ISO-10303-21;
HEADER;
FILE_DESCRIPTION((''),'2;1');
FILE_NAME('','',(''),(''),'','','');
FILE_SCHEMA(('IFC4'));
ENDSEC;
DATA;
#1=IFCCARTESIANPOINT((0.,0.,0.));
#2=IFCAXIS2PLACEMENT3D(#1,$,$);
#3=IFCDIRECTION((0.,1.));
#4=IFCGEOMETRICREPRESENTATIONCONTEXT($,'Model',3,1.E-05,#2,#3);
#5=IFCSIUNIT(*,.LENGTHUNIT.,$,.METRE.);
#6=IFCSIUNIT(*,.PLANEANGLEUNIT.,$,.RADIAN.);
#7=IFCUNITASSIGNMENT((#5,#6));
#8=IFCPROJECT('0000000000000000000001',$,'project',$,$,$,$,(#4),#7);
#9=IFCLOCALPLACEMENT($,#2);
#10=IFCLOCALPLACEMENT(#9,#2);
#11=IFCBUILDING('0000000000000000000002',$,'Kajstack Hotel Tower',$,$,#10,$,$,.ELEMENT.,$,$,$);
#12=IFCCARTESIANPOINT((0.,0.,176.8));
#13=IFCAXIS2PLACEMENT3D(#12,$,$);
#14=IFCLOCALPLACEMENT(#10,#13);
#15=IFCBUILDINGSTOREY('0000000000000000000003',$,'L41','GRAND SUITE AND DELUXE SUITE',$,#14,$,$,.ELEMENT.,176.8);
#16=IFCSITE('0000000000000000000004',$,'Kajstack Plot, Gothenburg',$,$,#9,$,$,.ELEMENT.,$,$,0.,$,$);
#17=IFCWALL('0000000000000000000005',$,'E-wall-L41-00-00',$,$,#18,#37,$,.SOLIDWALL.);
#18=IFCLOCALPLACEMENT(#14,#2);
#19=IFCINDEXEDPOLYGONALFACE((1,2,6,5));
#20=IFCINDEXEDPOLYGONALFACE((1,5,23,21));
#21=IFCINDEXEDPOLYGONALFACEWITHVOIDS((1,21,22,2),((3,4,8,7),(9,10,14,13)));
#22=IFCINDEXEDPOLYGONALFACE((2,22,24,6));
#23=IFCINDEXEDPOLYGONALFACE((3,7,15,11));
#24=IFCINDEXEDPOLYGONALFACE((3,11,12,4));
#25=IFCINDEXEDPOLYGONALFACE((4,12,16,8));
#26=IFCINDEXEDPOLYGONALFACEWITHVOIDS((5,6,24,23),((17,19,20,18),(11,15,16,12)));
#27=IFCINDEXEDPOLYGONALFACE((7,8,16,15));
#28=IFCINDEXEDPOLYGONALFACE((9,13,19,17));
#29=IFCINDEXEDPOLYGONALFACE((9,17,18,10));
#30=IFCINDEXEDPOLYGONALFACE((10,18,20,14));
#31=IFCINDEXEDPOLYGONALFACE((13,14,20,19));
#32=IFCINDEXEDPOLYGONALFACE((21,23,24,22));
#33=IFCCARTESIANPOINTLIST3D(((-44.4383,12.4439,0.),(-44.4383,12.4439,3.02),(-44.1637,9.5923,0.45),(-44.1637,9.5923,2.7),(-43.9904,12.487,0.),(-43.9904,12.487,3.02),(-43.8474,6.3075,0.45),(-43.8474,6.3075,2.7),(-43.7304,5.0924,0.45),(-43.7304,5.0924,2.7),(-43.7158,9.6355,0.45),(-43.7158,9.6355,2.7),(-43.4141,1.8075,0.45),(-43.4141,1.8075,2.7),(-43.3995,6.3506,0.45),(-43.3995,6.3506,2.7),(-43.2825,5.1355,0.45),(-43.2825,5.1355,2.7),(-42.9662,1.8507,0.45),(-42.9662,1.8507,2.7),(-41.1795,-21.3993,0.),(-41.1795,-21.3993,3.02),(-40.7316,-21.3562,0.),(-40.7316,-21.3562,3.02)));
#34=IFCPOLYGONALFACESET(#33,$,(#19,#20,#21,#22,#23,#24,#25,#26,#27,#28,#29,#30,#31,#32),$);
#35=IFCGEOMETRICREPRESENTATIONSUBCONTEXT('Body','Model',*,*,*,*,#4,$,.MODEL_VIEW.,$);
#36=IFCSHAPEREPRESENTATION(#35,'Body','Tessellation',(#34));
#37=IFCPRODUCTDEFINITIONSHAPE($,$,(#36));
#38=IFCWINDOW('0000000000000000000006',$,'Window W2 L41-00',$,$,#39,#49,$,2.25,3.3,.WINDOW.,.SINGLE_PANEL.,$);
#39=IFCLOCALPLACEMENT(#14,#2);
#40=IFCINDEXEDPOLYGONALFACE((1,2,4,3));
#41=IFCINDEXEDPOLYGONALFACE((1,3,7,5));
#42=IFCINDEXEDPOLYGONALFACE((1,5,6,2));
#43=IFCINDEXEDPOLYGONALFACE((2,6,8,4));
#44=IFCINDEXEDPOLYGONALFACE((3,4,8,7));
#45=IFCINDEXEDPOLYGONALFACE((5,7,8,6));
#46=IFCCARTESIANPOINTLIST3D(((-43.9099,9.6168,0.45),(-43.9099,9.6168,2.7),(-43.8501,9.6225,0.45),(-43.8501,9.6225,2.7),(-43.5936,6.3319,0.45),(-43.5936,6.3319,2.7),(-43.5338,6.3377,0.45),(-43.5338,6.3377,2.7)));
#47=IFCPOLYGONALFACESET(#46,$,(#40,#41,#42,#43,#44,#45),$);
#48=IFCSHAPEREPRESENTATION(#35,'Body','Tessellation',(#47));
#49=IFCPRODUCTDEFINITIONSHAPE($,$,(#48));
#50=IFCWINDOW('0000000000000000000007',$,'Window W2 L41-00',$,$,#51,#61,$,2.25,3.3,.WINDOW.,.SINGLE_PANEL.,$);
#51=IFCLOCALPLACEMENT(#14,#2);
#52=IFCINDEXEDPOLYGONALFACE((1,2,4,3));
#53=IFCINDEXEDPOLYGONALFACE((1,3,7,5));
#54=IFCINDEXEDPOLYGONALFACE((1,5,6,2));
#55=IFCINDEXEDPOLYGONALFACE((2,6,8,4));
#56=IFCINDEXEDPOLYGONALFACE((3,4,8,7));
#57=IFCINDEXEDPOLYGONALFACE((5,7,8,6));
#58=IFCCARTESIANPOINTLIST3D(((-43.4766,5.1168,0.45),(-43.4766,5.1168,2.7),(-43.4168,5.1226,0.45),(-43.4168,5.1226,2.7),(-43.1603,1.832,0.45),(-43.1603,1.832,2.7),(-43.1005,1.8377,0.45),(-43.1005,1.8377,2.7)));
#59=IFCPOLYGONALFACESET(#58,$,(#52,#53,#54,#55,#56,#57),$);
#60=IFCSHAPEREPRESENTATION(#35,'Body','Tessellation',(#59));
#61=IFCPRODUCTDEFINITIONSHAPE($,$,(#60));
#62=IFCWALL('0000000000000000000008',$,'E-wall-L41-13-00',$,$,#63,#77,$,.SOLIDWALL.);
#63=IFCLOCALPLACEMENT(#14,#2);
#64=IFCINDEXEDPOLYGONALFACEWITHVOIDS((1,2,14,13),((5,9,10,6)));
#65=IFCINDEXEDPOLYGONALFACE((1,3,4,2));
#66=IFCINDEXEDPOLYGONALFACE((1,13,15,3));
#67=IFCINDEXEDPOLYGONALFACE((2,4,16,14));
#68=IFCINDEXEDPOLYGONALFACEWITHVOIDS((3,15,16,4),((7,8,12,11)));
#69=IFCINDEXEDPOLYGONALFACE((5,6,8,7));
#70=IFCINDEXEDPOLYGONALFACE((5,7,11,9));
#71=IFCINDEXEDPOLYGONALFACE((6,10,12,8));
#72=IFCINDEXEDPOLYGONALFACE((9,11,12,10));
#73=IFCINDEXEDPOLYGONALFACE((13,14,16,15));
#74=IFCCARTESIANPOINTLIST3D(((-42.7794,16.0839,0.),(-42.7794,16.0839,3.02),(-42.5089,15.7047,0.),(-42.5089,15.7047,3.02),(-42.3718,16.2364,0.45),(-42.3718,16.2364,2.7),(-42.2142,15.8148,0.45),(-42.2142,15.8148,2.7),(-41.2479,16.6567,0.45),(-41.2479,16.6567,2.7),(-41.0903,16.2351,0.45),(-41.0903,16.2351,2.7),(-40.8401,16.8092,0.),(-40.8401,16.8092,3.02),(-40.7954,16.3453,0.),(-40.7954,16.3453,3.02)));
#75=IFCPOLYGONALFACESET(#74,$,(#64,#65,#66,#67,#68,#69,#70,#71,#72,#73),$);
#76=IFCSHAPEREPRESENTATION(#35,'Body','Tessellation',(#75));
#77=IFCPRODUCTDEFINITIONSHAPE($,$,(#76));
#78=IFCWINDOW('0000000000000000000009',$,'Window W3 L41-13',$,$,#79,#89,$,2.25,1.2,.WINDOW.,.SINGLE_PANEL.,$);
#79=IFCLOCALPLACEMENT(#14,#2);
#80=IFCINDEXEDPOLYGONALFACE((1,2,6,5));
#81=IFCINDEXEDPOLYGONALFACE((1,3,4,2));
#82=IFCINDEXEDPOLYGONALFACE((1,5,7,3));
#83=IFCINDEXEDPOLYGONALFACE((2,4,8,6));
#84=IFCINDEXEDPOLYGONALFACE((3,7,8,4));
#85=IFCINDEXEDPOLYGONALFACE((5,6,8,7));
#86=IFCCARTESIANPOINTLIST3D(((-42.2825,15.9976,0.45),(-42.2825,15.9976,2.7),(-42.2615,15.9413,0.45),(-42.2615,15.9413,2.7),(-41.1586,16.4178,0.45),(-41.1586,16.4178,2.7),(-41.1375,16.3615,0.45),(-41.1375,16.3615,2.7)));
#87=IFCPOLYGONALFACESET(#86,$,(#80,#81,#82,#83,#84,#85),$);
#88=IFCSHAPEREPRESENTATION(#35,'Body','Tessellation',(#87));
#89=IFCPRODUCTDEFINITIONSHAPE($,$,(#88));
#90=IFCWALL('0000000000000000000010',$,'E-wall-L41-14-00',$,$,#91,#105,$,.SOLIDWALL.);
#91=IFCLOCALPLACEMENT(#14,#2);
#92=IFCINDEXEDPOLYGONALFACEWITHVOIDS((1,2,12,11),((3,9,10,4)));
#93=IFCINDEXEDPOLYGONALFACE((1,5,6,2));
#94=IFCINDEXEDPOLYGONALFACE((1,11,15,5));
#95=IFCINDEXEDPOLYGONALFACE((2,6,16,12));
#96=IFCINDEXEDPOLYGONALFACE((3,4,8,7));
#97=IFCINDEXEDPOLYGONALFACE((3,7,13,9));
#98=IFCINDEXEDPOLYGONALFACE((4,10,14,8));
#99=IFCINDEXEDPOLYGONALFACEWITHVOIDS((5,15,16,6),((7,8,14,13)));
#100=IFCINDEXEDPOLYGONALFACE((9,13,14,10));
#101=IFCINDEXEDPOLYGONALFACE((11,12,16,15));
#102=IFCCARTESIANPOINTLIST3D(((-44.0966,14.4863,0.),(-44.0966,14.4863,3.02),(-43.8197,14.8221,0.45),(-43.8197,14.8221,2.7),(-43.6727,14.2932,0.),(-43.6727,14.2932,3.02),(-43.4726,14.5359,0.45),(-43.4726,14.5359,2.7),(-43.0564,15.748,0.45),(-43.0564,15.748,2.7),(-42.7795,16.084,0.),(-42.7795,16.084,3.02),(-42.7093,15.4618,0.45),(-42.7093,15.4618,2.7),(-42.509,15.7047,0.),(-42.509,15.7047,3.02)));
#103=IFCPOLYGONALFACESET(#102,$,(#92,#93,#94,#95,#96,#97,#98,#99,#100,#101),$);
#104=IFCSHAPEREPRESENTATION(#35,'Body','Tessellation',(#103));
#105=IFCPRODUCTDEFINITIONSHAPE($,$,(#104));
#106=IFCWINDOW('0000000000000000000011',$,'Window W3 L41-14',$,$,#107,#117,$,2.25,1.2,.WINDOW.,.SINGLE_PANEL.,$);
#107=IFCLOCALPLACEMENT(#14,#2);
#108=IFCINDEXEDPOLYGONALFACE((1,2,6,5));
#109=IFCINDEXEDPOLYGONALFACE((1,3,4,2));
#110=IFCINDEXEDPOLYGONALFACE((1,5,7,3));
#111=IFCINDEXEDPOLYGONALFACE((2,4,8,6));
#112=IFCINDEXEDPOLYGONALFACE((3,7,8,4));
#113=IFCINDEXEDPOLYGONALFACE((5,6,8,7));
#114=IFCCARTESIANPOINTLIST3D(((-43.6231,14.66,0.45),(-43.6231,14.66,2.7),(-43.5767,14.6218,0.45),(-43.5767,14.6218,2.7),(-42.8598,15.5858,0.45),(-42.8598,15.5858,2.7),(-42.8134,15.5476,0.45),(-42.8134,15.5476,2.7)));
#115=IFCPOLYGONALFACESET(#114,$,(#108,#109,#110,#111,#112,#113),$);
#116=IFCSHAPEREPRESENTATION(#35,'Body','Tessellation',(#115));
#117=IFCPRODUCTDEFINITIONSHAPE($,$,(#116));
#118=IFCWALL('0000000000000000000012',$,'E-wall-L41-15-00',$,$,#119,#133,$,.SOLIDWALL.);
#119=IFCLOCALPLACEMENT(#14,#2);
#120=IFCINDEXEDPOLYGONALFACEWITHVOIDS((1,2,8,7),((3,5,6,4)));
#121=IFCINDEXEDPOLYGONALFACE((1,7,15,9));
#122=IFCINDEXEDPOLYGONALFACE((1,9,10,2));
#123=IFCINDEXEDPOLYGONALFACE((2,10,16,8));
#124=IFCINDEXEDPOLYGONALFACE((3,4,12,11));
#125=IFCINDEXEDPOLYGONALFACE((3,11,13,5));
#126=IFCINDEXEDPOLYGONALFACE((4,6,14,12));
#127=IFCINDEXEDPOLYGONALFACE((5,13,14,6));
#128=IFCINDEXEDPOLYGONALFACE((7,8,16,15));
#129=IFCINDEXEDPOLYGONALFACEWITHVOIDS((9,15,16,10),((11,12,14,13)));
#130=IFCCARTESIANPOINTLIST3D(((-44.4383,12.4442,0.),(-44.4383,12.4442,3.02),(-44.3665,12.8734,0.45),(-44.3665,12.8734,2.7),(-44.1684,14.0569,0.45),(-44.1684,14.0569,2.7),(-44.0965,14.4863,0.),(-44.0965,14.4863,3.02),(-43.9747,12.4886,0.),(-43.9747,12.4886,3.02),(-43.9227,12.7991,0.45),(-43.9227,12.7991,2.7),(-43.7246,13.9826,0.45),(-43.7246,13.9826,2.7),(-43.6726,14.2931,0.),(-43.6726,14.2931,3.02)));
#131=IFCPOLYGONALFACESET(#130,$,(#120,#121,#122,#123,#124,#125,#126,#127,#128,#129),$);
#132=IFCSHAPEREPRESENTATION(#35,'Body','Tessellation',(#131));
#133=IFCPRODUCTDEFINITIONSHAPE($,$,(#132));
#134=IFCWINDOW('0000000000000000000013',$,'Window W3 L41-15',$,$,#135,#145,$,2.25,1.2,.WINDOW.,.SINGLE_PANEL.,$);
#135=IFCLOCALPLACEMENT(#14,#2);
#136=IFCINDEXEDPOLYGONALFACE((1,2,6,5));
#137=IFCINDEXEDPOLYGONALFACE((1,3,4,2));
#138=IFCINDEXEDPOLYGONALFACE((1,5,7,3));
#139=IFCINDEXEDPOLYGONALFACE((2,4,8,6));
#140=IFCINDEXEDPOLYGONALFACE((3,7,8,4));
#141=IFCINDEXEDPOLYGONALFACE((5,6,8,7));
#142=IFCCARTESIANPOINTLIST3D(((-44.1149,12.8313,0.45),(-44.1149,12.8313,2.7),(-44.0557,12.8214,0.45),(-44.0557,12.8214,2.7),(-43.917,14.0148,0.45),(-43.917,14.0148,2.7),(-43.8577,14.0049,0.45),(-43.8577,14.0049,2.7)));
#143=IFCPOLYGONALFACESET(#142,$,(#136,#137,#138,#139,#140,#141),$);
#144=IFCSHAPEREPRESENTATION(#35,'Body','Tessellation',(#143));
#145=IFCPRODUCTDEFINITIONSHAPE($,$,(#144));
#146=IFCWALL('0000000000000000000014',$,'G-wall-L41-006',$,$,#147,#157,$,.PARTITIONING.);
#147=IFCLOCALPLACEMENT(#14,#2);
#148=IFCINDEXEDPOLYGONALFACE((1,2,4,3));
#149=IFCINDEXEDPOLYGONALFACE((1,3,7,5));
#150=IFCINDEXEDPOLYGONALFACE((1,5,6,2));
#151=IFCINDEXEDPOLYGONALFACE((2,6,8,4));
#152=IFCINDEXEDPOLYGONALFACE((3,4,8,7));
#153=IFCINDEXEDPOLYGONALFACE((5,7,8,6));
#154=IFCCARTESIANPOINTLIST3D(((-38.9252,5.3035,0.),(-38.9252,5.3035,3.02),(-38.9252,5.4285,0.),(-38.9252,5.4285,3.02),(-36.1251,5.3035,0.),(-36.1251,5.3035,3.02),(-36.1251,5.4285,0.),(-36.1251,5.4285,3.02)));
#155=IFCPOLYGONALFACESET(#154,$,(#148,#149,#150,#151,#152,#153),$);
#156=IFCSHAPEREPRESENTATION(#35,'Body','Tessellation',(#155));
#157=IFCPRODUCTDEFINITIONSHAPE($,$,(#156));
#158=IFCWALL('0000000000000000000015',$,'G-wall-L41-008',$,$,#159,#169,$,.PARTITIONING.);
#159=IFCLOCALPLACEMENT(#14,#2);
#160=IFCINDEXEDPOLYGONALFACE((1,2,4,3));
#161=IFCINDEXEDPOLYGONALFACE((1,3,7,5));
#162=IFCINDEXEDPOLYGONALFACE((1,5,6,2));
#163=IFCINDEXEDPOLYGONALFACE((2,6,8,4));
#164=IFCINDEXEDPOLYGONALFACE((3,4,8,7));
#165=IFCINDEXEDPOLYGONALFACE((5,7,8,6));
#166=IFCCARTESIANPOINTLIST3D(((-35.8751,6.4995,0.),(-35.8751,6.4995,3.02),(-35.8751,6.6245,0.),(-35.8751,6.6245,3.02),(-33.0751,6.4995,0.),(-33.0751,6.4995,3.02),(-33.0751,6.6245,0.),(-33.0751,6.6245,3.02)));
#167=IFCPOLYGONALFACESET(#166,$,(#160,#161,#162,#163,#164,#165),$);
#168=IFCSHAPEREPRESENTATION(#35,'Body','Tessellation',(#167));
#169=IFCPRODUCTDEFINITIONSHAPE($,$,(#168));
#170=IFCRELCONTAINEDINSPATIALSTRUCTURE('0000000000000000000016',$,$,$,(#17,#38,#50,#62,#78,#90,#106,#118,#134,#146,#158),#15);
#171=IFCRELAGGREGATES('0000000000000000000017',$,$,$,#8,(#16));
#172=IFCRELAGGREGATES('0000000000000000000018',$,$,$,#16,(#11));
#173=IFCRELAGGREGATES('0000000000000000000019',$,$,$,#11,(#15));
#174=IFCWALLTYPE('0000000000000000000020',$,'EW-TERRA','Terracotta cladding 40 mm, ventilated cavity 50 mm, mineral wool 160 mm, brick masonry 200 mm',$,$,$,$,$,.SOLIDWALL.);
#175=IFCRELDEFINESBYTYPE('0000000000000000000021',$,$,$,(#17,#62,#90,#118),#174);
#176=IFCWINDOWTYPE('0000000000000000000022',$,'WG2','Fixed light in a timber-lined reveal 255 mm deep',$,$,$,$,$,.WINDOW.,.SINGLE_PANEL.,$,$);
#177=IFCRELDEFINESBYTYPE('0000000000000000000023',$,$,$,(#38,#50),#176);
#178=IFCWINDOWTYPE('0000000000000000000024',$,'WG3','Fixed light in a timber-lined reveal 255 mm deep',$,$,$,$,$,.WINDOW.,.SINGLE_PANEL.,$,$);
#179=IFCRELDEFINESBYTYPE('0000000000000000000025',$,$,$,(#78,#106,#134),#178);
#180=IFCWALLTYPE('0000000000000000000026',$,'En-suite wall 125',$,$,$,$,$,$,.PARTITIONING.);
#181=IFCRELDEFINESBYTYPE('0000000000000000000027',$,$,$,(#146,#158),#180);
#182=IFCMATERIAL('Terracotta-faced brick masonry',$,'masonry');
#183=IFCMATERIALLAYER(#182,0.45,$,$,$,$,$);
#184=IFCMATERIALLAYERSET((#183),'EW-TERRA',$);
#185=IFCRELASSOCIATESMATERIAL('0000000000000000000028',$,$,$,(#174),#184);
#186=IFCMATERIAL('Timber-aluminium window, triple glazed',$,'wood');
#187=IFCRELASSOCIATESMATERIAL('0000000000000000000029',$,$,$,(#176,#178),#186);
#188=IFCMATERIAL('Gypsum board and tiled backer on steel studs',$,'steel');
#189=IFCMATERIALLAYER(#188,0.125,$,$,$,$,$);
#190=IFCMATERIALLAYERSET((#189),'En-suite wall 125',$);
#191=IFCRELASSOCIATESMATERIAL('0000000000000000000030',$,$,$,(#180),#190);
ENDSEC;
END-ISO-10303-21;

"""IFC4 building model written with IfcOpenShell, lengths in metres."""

from ifc_helpers import new_model, si_unit, direction, frame, frame_2d, origin, place, context, subcontext, project, spatial, polyline, rectangle, outline, extrude, material, layer, layer_set, type_object, element, fill, save


model = new_model("IFC4")

# Units and contexts
model_context = context("Model", 3, precision=1e-05, world=origin(), true_north=direction((0.0, 1.0)))
body_context = subcontext(model_context, "Body", "Model", "MODEL_VIEW")
ifc_project = project(units=[si_unit("LENGTHUNIT", "METRE"), si_unit("PLANEANGLEUNIT", "RADIAN")], contexts=[model_context])

# Site, building, storey
site_placement = place(None, origin())
site = spatial("IfcSite", under=ifc_project, at=site_placement, Name="Kajstack Plot, Gothenburg", CompositionType="ELEMENT", RefElevation=0.0)
building_placement = place(site_placement, origin())
building = spatial("IfcBuilding", under=site, at=building_placement, Name="Kajstack Hotel Tower", CompositionType="ELEMENT")
storey_placement = place(building_placement, frame((0.0, 0.0, 176.8)))
storey = spatial("IfcBuildingStorey", under=building, at=storey_placement, Name="L41", Description="GRAND SUITE AND DELUXE SUITE", CompositionType="ELEMENT", Elevation=176.8)

# Wall, openings, windows
ifc_material_1 = material(Name="Terracotta-faced brick masonry", Category="masonry")
ifc_layer_1 = layer(ifc_material_1, 0.45)
ifc_layer_set_1 = layer_set([ifc_layer_1], Name="EW-TERRA")
wall_type_1 = type_object("IfcWallType", Name="EW-TERRA", Description="Terracotta cladding 40 mm, ventilated cavity 50 mm, mineral wool 160 mm, brick masonry 200 mm", PredefinedType="SOLIDWALL", material=ifc_layer_set_1)
wall_1_placement = place(storey_placement, frame((-44.2144, 12.4656, 0.0), z_axis=(0.0, 0.0, 1.0), x_axis=(0.095847, -0.995396, 0.0)))
wall_1 = element("IfcWall", 1, at=wall_1_placement, inside=storey, type_object=wall_type_1, Name="E-wall-L41-00-00", PredefinedType="SOLIDWALL", context=body_context, shape_type="SweptSolid", body=[
    extrude(rectangle(XDim=33.9998, YDim=0.45, at=frame_2d((17.0, 0.0))), origin(), (0.0, 0.0, 1.0), 3.02),
])
opening_1_placement = place(wall_1_placement, frame((2.865, 0.0, 0.45)))
opening_1 = element("IfcOpeningElement", 2, at=opening_1_placement, cuts=wall_1, PredefinedType="OPENING", context=body_context, shape_type="SweptSolid", body=[
    extrude(rectangle(XDim=3.3, YDim=2.25, at=frame_2d((1.6499, 1.125))), frame((0.0, 0.2349, 0.0), z_axis=(0.0, -1.0, 0.0), x_axis=(1.0, 0.0, 0.0)), (0.0, 0.0, 1.0), 0.47),
])
opening_2_placement = place(wall_1_placement, frame((7.3857, 0.0, 0.45)))
opening_2 = element("IfcOpeningElement", 3, at=opening_2_placement, cuts=wall_1, PredefinedType="OPENING", context=body_context, shape_type="SweptSolid", body=[
    extrude(rectangle(XDim=3.3, YDim=2.25, at=frame_2d((1.6499, 1.125))), frame((0.0, 0.2349, 0.0), z_axis=(0.0, -1.0, 0.0), x_axis=(1.0, 0.0, 0.0)), (0.0, 0.0, 1.0), 0.47),
])
ifc_material_2 = material(Name="Timber-aluminium window, triple glazed", Category="wood")
window_type_1 = type_object("IfcWindowType", Name="WG2", Description="Fixed light in a timber-lined reveal 255 mm deep", PartitioningType="SINGLE_PANEL", PredefinedType="WINDOW", material=ifc_material_2)
window_1_placement = place(opening_1_placement, origin())
window_1 = element("IfcWindow", 4, at=window_1_placement, inside=storey, type_object=window_type_1, Name="Window W2 L41-00", OverallHeight=2.25, OverallWidth=3.3, PartitioningType="SINGLE_PANEL", PredefinedType="WINDOW", context=body_context, shape_type="SweptSolid", body=[
    extrude(rectangle(XDim=3.3, YDim=2.25, at=frame_2d((1.6499, 1.125))), frame((0.0, 0.0901, 0.0), z_axis=(0.0, -1.0, 0.0), x_axis=(1.0, 0.0, 0.0)), (0.0, 0.0, 1.0), 0.0601),
])
fill(opening_1, window_1)
window_2_placement = place(opening_2_placement, origin())
window_2 = element("IfcWindow", 5, at=window_2_placement, inside=storey, type_object=window_type_1, Name="Window W2 L41-00", OverallHeight=2.25, OverallWidth=3.3, PartitioningType="SINGLE_PANEL", PredefinedType="WINDOW", context=body_context, shape_type="SweptSolid", body=[
    extrude(rectangle(XDim=3.3, YDim=2.25, at=frame_2d((1.6499, 1.125))), frame((0.0, 0.0901, 0.0), z_axis=(0.0, -1.0, 0.0), x_axis=(1.0, 0.0, 0.0)), (0.0, 0.0, 1.0), 0.0601),
])
fill(opening_2, window_2)

# Walls, openings, windows
wall_2_placement = place(storey_placement, frame((-40.7612, 16.5984, 0.0), z_axis=(0.0, 0.0, 1.0), x_axis=(-0.936678, -0.350193, 0.0)))
wall_2 = element("IfcWall", 6, at=wall_2_placement, inside=storey, type_object=wall_type_1, Name="E-wall-L41-13-00", PredefinedType="SOLIDWALL", context=body_context, shape_type="SweptSolid", body=[
    extrude(outline(polyline([(0.0, -0.2251), (2.0706, -0.2249), (1.95, 0.2251), (0.1206, 0.2251), (0.0, -0.2251)])), origin(), (0.0, 0.0, 1.0), 3.02),
])
opening_3_placement = place(wall_2_placement, frame((0.4353, 0.0, 0.45)))
opening_3 = element("IfcOpeningElement", 7, at=opening_3_placement, cuts=wall_2, PredefinedType="OPENING", context=body_context, shape_type="SweptSolid", body=[
    extrude(rectangle(XDim=1.2, YDim=2.25, at=frame_2d((0.6001, 1.125))), frame((0.0, 0.2349, 0.0), z_axis=(0.0, -1.0, 0.0), x_axis=(1.0, 0.0, 0.0)), (0.0, 0.0, 1.0), 0.47),
])
window_type_2 = type_object("IfcWindowType", Name="WG3", Description="Fixed light in a timber-lined reveal 255 mm deep", PartitioningType="SINGLE_PANEL", PredefinedType="WINDOW", material=ifc_material_2)
window_3_placement = place(opening_3_placement, origin())
window_3 = element("IfcWindow", 8, at=window_3_placement, inside=storey, type_object=window_type_2, Name="Window W3 L41-13", OverallHeight=2.25, OverallWidth=1.2, PartitioningType="SINGLE_PANEL", PredefinedType="WINDOW", context=body_context, shape_type="SweptSolid", body=[
    extrude(rectangle(XDim=1.2, YDim=2.25, at=frame_2d((0.6001, 1.125))), frame((0.0, 0.0901, 0.0), z_axis=(0.0, -1.0, 0.0), x_axis=(1.0, 0.0, 0.0)), (0.0, 0.0, 1.0), 0.0601),
])
fill(opening_3, window_3)
wall_3_placement = place(storey_placement, frame((-42.606, 15.9409, 0.0), z_axis=(0.0, 0.0, 1.0), x_axis=(-0.636116, -0.771593, 0.0)))
wall_3 = element("IfcWall", 9, at=wall_3_placement, inside=storey, type_object=wall_type_1, Name="E-wall-L41-14-00", PredefinedType="SOLIDWALL", context=body_context, shape_type="SweptSolid", body=[
    extrude(outline(polyline([(0.0, -0.2249), (2.0706, -0.2249), (1.95, 0.2251), (0.1206, 0.2251), (0.0, -0.2249)])), origin(), (0.0, 0.0, 1.0), 3.02),
])
opening_4_placement = place(wall_3_placement, frame((0.4353, 0.0, 0.45)))
opening_4 = element("IfcOpeningElement", 10, at=opening_4_placement, cuts=wall_3, PredefinedType="OPENING", context=body_context, shape_type="SweptSolid", body=[
    extrude(rectangle(XDim=1.2, YDim=2.25, at=frame_2d((0.6001, 1.125))), frame((0.0, 0.2349, 0.0), z_axis=(0.0, -1.0, 0.0), x_axis=(1.0, 0.0, 0.0)), (0.0, 0.0, 1.0), 0.47),
])
window_4_placement = place(opening_4_placement, origin())
window_4 = element("IfcWindow", 11, at=window_4_placement, inside=storey, type_object=window_type_2, Name="Window W3 L41-14", OverallHeight=2.25, OverallWidth=1.2, PartitioningType="SINGLE_PANEL", PredefinedType="WINDOW", context=body_context, shape_type="SweptSolid", body=[
    extrude(rectangle(XDim=1.2, YDim=2.25, at=frame_2d((0.6001, 1.125))), frame((0.0, 0.0901, 0.0), z_axis=(0.0, -1.0, 0.0), x_axis=(1.0, 0.0, 0.0)), (0.0, 0.0, 1.0), 0.0601),
])
fill(opening_4, window_4)
wall_4_placement = place(storey_placement, frame((-43.8748, 14.4492, 0.0), z_axis=(0.0, 0.0, 1.0), x_axis=(-0.164953, -0.986301, 0.0)))
wall_4 = element("IfcWall", 12, at=wall_4_placement, inside=storey, type_object=wall_type_1, Name="E-wall-L41-15-00", PredefinedType="SOLIDWALL", context=body_context, shape_type="SweptSolid", body=[
    extrude(outline(polyline([(0.0, -0.2249), (2.0706, -0.2251), (1.9502, 0.2249), (0.1206, 0.2251), (0.0, -0.2249)])), origin(), (0.0, 0.0, 1.0), 3.02),
])
opening_5_placement = place(wall_4_placement, frame((0.4353, 0.0, 0.45)))
opening_5 = element("IfcOpeningElement", 13, at=opening_5_placement, cuts=wall_4, PredefinedType="OPENING", context=body_context, shape_type="SweptSolid", body=[
    extrude(rectangle(XDim=1.2, YDim=2.25, at=frame_2d((0.6001, 1.125))), frame((0.0, 0.2349, 0.0), z_axis=(0.0, -1.0, 0.0), x_axis=(1.0, 0.0, 0.0)), (0.0, 0.0, 1.0), 0.47),
])
window_5_placement = place(opening_5_placement, origin())
window_5 = element("IfcWindow", 14, at=window_5_placement, inside=storey, type_object=window_type_2, Name="Window W3 L41-15", OverallHeight=2.25, OverallWidth=1.2, PartitioningType="SINGLE_PANEL", PredefinedType="WINDOW", context=body_context, shape_type="SweptSolid", body=[
    extrude(rectangle(XDim=1.2, YDim=2.25, at=frame_2d((0.6001, 1.125))), frame((0.0, 0.0901, 0.0), z_axis=(0.0, -1.0, 0.0), x_axis=(1.0, 0.0, 0.0)), (0.0, 0.0, 1.0), 0.0601),
])
fill(opening_5, window_5)

# Walls
ifc_material_3 = material(Name="Gypsum board and tiled backer on steel studs", Category="steel")
ifc_layer_2 = layer(ifc_material_3, 0.125)
ifc_layer_set_2 = layer_set([ifc_layer_2], Name="En-suite wall 125")
wall_type_2 = type_object("IfcWallType", Name="En-suite wall 125", PredefinedType="PARTITIONING", material=ifc_layer_set_2)
for number, where, z_axis, x_axis, name in (
    (15, (-38.925, 5.366, 0.0), (0.0, 0.0, 1.0), (1.0, 0.0, 0.0), "G-wall-L41-006"),
    (16, (-35.875, 6.562, 0.0), (0.0, 0.0, 1.0), (1.0, 0.0, 0.0), "G-wall-L41-008"),
):
    element("IfcWall", number, at=place(storey_placement, frame(where, z_axis=z_axis, x_axis=x_axis)), inside=storey, type_object=wall_type_2, Name=name, PredefinedType="PARTITIONING", context=body_context, shape_type="SweptSolid", body=[
        extrude(rectangle(XDim=2.8, YDim=0.125, at=frame_2d((1.3999, 0.0))), origin(), (0.0, 0.0, 1.0), 3.02),
    ])

save(model, "model.ifc")
